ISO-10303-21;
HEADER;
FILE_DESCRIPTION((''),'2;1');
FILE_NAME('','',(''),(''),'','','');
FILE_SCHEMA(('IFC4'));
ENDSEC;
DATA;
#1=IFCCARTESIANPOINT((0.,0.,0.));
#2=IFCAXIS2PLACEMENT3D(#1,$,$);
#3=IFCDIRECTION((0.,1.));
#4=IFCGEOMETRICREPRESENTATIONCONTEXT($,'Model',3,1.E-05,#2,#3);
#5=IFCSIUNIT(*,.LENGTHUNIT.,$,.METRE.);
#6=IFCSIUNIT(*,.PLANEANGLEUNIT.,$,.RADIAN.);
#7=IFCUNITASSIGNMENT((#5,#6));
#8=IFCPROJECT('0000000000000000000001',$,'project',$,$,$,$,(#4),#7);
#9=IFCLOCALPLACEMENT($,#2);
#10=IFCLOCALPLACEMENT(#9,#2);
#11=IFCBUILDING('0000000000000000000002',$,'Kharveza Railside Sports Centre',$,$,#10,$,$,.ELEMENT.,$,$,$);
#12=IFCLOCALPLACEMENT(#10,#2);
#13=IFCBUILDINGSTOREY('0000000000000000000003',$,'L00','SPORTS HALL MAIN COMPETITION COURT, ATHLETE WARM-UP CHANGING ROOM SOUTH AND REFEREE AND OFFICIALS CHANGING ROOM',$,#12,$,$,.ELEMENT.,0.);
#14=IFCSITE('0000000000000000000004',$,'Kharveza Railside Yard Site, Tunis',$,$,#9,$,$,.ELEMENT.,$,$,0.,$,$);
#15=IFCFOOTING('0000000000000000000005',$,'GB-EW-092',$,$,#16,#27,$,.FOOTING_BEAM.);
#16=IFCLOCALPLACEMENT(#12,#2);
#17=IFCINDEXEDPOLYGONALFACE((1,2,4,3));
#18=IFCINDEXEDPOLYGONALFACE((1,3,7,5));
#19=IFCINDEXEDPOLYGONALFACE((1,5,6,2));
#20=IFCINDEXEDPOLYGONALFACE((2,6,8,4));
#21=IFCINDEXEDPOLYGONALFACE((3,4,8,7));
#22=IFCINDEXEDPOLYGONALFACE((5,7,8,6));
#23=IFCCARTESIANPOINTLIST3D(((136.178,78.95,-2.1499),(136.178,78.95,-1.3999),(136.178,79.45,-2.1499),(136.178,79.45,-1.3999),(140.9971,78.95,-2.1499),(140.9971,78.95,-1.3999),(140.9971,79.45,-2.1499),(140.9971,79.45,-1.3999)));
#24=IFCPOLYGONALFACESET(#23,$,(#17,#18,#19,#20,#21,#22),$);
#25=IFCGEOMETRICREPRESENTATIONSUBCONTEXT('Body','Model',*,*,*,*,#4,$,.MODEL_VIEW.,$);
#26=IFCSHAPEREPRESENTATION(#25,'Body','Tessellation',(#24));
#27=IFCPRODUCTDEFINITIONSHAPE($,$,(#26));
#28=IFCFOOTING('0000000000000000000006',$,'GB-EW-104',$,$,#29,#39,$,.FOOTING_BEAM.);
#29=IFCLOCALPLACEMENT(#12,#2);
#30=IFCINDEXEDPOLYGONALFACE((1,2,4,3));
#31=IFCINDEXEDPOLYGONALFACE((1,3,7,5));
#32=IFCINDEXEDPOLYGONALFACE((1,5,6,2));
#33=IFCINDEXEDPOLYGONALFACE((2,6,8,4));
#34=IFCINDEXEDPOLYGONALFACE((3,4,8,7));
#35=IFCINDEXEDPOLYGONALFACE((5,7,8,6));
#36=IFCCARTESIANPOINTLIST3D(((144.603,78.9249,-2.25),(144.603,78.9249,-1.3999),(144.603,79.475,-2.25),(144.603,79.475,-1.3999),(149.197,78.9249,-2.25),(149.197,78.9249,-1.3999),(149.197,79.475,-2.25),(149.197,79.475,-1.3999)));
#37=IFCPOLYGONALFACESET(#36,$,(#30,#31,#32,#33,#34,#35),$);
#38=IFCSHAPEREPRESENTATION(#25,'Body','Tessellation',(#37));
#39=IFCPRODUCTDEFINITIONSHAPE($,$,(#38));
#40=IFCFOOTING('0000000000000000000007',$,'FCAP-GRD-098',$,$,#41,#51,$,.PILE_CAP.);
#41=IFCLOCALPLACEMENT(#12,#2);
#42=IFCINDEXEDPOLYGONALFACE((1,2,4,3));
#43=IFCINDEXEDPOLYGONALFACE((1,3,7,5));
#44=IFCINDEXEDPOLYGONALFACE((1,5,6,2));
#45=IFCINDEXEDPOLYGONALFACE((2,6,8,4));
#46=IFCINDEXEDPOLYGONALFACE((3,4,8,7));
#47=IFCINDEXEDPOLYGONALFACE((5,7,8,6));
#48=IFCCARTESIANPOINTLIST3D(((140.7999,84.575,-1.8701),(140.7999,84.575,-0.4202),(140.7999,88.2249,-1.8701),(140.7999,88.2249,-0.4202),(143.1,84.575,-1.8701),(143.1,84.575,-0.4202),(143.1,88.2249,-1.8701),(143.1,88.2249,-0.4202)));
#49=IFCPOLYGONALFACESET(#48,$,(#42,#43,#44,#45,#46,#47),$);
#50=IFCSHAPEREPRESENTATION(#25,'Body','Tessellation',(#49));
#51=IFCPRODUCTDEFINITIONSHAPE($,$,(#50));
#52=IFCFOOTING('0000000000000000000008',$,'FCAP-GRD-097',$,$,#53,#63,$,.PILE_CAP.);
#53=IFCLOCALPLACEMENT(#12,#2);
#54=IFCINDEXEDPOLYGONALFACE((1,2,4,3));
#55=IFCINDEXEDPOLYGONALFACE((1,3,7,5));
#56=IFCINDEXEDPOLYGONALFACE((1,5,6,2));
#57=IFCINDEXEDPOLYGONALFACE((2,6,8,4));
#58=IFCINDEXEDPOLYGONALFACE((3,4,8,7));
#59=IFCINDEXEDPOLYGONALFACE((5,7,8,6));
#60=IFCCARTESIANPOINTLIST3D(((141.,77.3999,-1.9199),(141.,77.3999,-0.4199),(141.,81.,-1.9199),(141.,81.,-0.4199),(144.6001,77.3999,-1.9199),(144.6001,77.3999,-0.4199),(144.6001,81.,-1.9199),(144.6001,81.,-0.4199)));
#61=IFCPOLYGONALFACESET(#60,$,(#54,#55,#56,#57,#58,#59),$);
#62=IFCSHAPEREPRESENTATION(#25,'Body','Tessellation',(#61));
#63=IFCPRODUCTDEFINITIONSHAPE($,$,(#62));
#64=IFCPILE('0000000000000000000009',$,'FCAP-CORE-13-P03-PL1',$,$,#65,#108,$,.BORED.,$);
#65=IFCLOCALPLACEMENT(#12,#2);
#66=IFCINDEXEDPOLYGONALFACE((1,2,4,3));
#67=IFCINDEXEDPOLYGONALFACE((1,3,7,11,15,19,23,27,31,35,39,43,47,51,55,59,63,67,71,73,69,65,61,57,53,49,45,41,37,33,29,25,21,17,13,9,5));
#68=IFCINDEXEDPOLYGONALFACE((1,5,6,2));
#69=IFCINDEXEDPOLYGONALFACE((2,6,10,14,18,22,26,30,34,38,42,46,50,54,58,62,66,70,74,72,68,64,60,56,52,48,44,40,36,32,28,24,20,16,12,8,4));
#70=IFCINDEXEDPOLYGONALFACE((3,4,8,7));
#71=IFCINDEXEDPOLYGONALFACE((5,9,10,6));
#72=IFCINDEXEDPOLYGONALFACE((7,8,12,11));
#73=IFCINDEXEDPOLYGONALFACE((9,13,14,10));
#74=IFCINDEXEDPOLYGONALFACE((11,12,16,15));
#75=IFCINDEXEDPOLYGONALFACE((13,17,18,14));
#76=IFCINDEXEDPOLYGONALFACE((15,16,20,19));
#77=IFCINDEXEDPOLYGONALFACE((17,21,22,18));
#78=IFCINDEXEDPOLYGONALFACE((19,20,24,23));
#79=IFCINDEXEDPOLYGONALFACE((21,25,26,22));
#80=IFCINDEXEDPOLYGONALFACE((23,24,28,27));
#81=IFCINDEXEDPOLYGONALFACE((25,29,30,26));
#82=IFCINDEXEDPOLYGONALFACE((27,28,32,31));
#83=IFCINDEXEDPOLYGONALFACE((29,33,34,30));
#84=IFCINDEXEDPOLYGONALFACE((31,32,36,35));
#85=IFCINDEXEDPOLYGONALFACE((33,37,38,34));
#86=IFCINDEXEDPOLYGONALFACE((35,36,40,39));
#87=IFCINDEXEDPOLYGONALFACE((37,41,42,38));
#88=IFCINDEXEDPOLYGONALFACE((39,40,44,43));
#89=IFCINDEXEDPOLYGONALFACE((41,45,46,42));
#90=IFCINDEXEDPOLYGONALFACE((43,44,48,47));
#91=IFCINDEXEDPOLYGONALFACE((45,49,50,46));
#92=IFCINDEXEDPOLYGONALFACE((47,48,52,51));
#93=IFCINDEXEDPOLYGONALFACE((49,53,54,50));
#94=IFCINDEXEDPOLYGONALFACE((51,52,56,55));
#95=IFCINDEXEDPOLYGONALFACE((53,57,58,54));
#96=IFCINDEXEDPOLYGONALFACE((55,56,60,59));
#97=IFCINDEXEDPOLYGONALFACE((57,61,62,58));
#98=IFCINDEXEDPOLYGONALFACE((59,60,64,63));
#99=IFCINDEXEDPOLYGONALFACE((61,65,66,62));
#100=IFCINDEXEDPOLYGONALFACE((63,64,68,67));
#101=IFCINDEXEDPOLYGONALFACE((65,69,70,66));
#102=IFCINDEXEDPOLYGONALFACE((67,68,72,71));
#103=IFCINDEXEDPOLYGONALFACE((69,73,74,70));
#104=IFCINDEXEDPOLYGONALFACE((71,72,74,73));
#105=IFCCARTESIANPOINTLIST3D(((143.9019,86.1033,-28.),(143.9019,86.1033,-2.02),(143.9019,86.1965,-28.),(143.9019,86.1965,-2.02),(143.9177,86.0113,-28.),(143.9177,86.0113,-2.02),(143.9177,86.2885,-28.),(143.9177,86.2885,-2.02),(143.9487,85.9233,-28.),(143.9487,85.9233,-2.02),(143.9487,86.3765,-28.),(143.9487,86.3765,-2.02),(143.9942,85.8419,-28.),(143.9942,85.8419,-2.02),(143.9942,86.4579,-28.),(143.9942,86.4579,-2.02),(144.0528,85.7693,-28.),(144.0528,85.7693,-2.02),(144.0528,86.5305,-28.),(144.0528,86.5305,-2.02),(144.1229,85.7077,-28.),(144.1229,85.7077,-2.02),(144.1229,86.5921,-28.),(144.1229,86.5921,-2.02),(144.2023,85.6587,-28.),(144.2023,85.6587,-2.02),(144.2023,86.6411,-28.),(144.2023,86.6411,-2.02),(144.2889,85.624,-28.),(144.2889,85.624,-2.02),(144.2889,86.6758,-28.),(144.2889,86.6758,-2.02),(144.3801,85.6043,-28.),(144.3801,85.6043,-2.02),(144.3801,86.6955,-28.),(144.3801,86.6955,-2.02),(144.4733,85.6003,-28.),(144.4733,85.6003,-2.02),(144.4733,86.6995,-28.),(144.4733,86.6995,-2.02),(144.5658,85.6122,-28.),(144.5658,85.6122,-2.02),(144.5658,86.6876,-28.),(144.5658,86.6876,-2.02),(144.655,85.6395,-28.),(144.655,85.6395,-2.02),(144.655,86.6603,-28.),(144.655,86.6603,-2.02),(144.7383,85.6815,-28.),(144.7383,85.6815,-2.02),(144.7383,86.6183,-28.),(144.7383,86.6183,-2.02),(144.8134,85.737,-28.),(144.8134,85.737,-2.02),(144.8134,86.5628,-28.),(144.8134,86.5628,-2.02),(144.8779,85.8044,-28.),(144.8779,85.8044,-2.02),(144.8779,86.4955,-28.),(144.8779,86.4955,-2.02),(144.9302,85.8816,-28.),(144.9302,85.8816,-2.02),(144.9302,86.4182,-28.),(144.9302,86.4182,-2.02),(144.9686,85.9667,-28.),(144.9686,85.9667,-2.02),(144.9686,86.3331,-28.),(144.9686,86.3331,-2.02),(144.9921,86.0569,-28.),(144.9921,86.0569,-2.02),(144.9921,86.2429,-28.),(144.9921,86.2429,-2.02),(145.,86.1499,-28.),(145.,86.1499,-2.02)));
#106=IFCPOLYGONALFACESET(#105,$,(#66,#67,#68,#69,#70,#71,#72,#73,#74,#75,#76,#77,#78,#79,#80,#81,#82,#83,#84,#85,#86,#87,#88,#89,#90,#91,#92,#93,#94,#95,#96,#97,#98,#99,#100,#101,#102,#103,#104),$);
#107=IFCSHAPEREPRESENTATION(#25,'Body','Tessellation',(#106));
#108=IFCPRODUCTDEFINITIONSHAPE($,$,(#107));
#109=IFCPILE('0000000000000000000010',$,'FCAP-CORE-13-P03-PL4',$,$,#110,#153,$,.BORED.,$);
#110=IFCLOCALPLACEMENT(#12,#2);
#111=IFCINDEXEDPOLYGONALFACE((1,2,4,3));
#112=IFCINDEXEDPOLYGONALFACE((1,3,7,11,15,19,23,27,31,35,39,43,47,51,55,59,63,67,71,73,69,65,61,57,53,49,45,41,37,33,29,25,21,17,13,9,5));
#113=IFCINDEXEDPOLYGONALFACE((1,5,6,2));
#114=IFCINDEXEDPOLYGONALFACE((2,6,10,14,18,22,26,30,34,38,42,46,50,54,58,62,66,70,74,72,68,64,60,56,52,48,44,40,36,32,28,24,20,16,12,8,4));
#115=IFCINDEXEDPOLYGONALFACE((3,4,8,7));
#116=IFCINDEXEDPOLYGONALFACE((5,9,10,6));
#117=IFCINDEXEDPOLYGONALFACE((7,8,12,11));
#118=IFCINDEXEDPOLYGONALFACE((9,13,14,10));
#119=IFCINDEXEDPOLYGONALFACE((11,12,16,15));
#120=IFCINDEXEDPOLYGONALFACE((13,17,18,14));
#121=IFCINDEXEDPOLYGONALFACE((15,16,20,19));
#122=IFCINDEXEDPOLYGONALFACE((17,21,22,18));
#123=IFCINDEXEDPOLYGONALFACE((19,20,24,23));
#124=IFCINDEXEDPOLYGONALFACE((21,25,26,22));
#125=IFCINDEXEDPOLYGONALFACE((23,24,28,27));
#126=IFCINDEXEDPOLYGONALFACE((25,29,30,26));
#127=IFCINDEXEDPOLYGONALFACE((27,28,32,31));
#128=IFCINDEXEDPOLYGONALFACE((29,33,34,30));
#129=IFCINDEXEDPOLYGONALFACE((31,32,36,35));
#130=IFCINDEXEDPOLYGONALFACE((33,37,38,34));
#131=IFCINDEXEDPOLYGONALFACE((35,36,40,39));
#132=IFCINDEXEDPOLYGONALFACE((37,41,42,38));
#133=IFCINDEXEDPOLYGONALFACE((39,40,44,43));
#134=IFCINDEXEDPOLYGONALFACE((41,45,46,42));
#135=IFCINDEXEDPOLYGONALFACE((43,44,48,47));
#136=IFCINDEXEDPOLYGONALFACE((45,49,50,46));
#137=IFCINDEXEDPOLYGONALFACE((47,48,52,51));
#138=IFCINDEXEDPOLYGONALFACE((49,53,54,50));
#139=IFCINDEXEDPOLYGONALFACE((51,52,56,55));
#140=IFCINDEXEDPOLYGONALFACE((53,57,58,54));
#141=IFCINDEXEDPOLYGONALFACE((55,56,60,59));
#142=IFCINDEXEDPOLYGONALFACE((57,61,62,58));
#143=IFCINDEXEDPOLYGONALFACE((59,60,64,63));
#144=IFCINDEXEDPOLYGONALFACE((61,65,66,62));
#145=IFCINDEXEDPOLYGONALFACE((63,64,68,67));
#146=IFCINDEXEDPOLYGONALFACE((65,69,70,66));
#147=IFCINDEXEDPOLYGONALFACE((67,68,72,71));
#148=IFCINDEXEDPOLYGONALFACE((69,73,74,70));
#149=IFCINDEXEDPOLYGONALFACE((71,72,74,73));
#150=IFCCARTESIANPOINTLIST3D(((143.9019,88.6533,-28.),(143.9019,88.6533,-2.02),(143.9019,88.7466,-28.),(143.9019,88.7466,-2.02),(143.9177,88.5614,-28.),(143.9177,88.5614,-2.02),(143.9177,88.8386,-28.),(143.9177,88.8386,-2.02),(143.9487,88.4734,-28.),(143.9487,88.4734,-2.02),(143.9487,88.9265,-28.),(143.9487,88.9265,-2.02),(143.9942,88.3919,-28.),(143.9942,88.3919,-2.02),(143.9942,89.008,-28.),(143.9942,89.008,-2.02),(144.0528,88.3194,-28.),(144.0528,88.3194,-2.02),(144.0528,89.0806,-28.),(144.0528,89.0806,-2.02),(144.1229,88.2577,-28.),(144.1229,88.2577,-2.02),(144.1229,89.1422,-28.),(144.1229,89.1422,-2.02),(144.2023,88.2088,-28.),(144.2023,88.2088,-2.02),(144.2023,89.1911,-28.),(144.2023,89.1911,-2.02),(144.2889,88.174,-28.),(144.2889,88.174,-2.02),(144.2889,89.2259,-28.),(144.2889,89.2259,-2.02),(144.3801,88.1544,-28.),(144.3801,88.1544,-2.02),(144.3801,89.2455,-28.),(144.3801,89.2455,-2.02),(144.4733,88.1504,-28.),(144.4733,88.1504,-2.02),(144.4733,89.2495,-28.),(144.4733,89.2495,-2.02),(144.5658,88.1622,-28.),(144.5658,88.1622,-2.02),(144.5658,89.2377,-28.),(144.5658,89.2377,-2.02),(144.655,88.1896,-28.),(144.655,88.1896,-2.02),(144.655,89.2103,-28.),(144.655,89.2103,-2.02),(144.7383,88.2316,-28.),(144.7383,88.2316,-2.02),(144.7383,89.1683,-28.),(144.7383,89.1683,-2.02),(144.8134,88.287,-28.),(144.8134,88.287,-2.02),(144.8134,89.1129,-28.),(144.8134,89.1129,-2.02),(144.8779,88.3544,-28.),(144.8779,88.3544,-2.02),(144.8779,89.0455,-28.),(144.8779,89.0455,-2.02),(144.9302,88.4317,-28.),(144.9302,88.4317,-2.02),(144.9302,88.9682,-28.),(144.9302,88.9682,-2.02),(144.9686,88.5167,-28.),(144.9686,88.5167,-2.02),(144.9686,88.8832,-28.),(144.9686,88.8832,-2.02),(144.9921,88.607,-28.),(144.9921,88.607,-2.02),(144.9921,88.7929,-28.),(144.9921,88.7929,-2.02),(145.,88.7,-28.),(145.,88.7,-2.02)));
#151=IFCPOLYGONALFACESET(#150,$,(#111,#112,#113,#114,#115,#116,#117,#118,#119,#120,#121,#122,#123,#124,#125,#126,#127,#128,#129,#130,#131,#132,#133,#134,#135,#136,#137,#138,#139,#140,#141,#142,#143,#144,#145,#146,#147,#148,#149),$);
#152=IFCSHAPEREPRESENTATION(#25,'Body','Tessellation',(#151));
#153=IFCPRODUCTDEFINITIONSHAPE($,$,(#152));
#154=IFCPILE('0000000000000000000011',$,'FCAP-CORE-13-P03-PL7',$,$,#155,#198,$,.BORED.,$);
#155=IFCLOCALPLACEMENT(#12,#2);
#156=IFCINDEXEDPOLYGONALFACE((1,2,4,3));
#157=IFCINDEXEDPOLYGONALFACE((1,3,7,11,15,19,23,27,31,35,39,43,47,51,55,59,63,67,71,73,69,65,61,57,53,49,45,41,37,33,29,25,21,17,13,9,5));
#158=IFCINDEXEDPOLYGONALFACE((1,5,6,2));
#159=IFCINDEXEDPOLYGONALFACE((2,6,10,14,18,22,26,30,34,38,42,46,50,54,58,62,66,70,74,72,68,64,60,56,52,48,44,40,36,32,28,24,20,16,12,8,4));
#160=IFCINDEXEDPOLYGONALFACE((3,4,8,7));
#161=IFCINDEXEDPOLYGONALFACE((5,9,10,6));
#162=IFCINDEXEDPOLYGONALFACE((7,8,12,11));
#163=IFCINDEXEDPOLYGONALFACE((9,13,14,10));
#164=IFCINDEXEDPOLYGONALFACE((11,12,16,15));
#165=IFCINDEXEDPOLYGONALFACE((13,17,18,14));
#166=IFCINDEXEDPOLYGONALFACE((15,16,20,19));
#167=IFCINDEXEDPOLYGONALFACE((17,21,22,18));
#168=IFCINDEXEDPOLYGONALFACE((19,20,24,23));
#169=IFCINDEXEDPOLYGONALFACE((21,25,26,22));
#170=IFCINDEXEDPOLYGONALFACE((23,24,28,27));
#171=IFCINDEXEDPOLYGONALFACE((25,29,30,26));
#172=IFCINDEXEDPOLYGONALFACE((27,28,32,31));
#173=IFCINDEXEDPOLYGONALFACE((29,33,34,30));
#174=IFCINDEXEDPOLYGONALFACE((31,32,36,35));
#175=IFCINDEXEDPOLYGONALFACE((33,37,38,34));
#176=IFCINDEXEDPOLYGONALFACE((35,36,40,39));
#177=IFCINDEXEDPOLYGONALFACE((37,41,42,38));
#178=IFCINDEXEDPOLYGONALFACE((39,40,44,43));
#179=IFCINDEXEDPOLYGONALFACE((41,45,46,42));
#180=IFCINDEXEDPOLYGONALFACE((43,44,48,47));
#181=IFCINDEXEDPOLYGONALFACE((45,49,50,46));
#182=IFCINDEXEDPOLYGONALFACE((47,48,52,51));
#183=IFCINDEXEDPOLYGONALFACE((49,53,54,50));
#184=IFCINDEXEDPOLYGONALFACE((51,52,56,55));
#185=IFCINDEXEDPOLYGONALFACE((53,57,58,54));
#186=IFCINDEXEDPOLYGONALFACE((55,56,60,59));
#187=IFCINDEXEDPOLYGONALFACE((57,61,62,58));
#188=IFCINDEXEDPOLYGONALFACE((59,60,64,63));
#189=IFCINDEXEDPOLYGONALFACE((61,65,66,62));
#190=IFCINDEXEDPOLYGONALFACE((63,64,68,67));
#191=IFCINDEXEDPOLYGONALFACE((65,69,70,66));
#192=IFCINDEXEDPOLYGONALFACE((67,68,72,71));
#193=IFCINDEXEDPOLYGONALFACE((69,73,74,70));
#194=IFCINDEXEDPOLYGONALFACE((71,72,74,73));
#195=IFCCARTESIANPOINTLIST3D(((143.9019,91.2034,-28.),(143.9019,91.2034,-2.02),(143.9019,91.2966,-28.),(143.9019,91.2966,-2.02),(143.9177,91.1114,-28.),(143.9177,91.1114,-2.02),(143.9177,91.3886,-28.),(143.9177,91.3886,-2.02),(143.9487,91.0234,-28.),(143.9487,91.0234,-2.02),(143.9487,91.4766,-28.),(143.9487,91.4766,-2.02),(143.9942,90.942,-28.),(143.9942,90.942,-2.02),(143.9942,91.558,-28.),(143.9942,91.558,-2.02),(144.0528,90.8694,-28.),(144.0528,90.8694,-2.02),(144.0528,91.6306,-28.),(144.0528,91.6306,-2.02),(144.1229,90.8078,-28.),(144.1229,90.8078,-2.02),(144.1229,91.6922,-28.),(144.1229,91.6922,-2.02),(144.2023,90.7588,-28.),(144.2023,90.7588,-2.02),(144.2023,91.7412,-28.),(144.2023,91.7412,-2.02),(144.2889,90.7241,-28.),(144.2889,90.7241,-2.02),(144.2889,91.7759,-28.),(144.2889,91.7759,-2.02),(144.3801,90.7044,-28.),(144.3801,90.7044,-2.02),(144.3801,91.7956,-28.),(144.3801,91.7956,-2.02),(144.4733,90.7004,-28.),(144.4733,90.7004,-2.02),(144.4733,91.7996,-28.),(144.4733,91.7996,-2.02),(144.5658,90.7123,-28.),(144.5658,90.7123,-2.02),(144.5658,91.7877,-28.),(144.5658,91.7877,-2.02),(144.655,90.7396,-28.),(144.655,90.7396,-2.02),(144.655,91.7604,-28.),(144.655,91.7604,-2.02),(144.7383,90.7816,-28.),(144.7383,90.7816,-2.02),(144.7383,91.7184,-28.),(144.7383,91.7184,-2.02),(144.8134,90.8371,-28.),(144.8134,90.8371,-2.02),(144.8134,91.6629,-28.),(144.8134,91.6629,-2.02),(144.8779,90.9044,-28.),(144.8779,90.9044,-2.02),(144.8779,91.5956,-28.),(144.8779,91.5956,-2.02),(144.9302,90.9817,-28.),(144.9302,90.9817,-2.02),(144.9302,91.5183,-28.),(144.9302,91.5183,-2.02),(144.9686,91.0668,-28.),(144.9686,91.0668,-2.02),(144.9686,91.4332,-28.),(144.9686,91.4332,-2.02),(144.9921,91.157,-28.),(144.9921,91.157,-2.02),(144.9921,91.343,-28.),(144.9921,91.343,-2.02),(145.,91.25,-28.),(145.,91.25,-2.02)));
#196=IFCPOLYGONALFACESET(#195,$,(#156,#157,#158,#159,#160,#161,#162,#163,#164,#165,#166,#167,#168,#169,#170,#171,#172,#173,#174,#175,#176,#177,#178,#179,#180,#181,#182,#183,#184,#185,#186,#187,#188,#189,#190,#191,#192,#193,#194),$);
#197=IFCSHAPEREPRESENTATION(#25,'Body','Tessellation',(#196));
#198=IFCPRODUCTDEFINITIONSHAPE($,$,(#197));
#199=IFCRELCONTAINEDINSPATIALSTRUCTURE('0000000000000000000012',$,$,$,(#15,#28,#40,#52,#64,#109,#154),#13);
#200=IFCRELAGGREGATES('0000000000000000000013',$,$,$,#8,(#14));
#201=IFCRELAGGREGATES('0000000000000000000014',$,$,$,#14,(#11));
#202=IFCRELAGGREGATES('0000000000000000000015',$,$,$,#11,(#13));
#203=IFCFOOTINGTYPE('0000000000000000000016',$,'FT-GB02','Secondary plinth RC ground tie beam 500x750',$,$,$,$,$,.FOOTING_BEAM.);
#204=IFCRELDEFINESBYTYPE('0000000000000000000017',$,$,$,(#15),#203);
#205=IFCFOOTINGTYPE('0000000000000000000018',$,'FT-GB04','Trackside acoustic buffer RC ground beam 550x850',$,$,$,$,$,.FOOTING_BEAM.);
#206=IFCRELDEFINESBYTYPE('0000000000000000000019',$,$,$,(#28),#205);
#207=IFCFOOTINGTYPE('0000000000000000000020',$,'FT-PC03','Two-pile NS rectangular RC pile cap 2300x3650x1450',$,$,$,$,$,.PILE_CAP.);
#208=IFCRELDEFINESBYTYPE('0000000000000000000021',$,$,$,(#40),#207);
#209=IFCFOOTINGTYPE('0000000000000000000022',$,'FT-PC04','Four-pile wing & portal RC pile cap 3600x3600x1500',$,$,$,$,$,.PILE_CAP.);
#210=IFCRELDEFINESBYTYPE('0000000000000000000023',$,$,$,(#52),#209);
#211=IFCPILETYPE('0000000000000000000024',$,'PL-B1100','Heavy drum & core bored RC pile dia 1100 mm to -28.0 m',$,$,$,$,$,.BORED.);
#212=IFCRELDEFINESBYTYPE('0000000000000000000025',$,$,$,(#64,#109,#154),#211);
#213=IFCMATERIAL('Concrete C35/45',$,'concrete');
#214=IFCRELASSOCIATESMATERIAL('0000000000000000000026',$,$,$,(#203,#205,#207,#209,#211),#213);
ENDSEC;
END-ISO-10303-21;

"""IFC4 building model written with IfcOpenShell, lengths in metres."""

from ifc_helpers import new_model, si_unit, direction, frame, origin, origin_2d, place, context, subcontext, project, spatial, rectangle, circle, extrude, material, material_profile, profile_set, type_object, element, save


model = new_model("IFC4")

# Units and contexts
model_context = context("Model", 3, precision=1e-05, world=origin(), true_north=direction((0.0, 1.0)))
body_context = subcontext(model_context, "Body", "Model", "MODEL_VIEW")
ifc_project = project(units=[si_unit("LENGTHUNIT", "METRE"), si_unit("PLANEANGLEUNIT", "RADIAN")], contexts=[model_context])

# Site, building, storey
site_placement = place(None, origin())
site = spatial("IfcSite", under=ifc_project, at=site_placement, Name="Kharveza Railside Yard Site, Tunis", CompositionType="ELEMENT", RefElevation=0.0)
building_placement = place(site_placement, origin())
building = spatial("IfcBuilding", under=site, at=building_placement, Name="Kharveza Railside Sports Centre", CompositionType="ELEMENT")
storey_placement = place(building_placement, origin())
storey = spatial("IfcBuildingStorey", under=building, at=storey_placement, Name="L00", Description="SPORTS HALL MAIN COMPETITION COURT, ATHLETE WARM-UP CHANGING ROOM SOUTH AND REFEREE AND OFFICIALS CHANGING ROOM", CompositionType="ELEMENT", Elevation=0.0)

# Footings
ifc_material_1 = material(Name="Concrete C35/45", Category="concrete")
ifc_material_profile_1 = material_profile(ifc_material_1, rectangle(XDim=0.5, YDim=0.75, at=origin_2d()), Name="GB 500x750")
ifc_profile_set_1 = profile_set([ifc_material_profile_1], Name="Concrete C35/45")
footing_type_1 = type_object("IfcFootingType", Name="FT-GB02", Description="Secondary plinth RC ground tie beam 500x750", PredefinedType="FOOTING_BEAM", material=ifc_profile_set_1)
footing_1_placement = place(storey_placement, frame((136.178, 79.2, -1.7749), z_axis=(1.0, 0.0, 0.0), x_axis=(0.0, 1.0, 0.0)))
element("IfcFooting", 1, at=footing_1_placement, inside=storey, type_object=footing_type_1, Name="GB-EW-092", PredefinedType="FOOTING_BEAM", context=body_context, shape_type="SweptSolid", body=[
    extrude(rectangle(XDim=0.5, YDim=0.75, at=origin_2d()), origin(), (0.0, 0.0, 1.0), 4.8191),
])
ifc_material_profile_2 = material_profile(ifc_material_1, rectangle(XDim=0.55, YDim=0.8501, at=origin_2d()), Name="GB 550x850")
ifc_profile_set_2 = profile_set([ifc_material_profile_2], Name="Concrete C35/45")
footing_type_2 = type_object("IfcFootingType", Name="FT-GB04", Description="Trackside acoustic buffer RC ground beam 550x850", PredefinedType="FOOTING_BEAM", material=ifc_profile_set_2)
footing_2_placement = place(storey_placement, frame((144.603, 79.2, -1.825), z_axis=(1.0, 0.0, 0.0), x_axis=(0.0, 1.0, 0.0)))
element("IfcFooting", 2, at=footing_2_placement, inside=storey, type_object=footing_type_2, Name="GB-EW-104", PredefinedType="FOOTING_BEAM", context=body_context, shape_type="SweptSolid", body=[
    extrude(rectangle(XDim=0.55, YDim=0.8501, at=origin_2d()), origin(), (0.0, 0.0, 1.0), 4.594),
])
footing_type_3 = type_object("IfcFootingType", Name="FT-PC03", Description="Two-pile NS rectangular RC pile cap 2300x3650x1450", PredefinedType="PILE_CAP", material=ifc_material_1)
footing_3_placement = place(storey_placement, frame((141.95, 86.3999, -1.8701), z_axis=(0.0, 0.0, 1.0), x_axis=(1.0, 0.0, 0.0)))
element("IfcFooting", 3, at=footing_3_placement, inside=storey, type_object=footing_type_3, Name="FCAP-GRD-098", PredefinedType="PILE_CAP", context=body_context, shape_type="SweptSolid", body=[
    extrude(rectangle(XDim=2.3, YDim=3.6499, at=origin_2d()), origin(), (0.0, 0.0, 1.0), 1.45),
])
footing_type_4 = type_object("IfcFootingType", Name="FT-PC04", Description="Four-pile wing & portal RC pile cap 3600x3600x1500", PredefinedType="PILE_CAP", material=ifc_material_1)
footing_4_placement = place(storey_placement, frame((142.8, 79.2, -1.9199), z_axis=(0.0, 0.0, 1.0), x_axis=(1.0, 0.0, 0.0)))
element("IfcFooting", 4, at=footing_4_placement, inside=storey, type_object=footing_type_4, Name="FCAP-GRD-097", PredefinedType="PILE_CAP", context=body_context, shape_type="SweptSolid", body=[
    extrude(rectangle(XDim=3.6001, YDim=3.6001, at=origin_2d()), origin(), (0.0, 0.0, 1.0), 1.5),
])

# Piles
ifc_material_profile_3 = material_profile(ifc_material_1, circle(Radius=0.55, at=origin_2d()), Name="PILE D1100")
ifc_profile_set_3 = profile_set([ifc_material_profile_3], Name="Concrete C35/45")
pile_type_1 = type_object("IfcPileType", Name="PL-B1100", Description="Heavy drum & core bored RC pile dia 1100 mm to -28.0 m", PredefinedType="BORED", material=ifc_profile_set_3)
for number, where, z_axis, x_axis, name in (
    (5, (144.45, 86.1499, -2.02), (0.0, 0.0, -1.0), (1.0, 0.0, 0.0), "FCAP-CORE-13-P03-PL1"),
    (6, (144.45, 88.7, -2.02), (0.0, 0.0, -1.0), (1.0, 0.0, 0.0), "FCAP-CORE-13-P03-PL4"),
    (7, (144.45, 91.25, -2.02), (0.0, 0.0, -1.0), (1.0, 0.0, 0.0), "FCAP-CORE-13-P03-PL7"),
):
    element("IfcPile", number, at=place(storey_placement, frame(where, z_axis=z_axis, x_axis=x_axis)), inside=storey, type_object=pile_type_1, Name=name, PredefinedType="BORED", context=body_context, shape_type="SweptSolid", body=[
        extrude(circle(Radius=0.55, at=origin_2d()), origin(), (0.0, 0.0, 1.0), 25.98),
    ])

save(model, "model.ifc")
